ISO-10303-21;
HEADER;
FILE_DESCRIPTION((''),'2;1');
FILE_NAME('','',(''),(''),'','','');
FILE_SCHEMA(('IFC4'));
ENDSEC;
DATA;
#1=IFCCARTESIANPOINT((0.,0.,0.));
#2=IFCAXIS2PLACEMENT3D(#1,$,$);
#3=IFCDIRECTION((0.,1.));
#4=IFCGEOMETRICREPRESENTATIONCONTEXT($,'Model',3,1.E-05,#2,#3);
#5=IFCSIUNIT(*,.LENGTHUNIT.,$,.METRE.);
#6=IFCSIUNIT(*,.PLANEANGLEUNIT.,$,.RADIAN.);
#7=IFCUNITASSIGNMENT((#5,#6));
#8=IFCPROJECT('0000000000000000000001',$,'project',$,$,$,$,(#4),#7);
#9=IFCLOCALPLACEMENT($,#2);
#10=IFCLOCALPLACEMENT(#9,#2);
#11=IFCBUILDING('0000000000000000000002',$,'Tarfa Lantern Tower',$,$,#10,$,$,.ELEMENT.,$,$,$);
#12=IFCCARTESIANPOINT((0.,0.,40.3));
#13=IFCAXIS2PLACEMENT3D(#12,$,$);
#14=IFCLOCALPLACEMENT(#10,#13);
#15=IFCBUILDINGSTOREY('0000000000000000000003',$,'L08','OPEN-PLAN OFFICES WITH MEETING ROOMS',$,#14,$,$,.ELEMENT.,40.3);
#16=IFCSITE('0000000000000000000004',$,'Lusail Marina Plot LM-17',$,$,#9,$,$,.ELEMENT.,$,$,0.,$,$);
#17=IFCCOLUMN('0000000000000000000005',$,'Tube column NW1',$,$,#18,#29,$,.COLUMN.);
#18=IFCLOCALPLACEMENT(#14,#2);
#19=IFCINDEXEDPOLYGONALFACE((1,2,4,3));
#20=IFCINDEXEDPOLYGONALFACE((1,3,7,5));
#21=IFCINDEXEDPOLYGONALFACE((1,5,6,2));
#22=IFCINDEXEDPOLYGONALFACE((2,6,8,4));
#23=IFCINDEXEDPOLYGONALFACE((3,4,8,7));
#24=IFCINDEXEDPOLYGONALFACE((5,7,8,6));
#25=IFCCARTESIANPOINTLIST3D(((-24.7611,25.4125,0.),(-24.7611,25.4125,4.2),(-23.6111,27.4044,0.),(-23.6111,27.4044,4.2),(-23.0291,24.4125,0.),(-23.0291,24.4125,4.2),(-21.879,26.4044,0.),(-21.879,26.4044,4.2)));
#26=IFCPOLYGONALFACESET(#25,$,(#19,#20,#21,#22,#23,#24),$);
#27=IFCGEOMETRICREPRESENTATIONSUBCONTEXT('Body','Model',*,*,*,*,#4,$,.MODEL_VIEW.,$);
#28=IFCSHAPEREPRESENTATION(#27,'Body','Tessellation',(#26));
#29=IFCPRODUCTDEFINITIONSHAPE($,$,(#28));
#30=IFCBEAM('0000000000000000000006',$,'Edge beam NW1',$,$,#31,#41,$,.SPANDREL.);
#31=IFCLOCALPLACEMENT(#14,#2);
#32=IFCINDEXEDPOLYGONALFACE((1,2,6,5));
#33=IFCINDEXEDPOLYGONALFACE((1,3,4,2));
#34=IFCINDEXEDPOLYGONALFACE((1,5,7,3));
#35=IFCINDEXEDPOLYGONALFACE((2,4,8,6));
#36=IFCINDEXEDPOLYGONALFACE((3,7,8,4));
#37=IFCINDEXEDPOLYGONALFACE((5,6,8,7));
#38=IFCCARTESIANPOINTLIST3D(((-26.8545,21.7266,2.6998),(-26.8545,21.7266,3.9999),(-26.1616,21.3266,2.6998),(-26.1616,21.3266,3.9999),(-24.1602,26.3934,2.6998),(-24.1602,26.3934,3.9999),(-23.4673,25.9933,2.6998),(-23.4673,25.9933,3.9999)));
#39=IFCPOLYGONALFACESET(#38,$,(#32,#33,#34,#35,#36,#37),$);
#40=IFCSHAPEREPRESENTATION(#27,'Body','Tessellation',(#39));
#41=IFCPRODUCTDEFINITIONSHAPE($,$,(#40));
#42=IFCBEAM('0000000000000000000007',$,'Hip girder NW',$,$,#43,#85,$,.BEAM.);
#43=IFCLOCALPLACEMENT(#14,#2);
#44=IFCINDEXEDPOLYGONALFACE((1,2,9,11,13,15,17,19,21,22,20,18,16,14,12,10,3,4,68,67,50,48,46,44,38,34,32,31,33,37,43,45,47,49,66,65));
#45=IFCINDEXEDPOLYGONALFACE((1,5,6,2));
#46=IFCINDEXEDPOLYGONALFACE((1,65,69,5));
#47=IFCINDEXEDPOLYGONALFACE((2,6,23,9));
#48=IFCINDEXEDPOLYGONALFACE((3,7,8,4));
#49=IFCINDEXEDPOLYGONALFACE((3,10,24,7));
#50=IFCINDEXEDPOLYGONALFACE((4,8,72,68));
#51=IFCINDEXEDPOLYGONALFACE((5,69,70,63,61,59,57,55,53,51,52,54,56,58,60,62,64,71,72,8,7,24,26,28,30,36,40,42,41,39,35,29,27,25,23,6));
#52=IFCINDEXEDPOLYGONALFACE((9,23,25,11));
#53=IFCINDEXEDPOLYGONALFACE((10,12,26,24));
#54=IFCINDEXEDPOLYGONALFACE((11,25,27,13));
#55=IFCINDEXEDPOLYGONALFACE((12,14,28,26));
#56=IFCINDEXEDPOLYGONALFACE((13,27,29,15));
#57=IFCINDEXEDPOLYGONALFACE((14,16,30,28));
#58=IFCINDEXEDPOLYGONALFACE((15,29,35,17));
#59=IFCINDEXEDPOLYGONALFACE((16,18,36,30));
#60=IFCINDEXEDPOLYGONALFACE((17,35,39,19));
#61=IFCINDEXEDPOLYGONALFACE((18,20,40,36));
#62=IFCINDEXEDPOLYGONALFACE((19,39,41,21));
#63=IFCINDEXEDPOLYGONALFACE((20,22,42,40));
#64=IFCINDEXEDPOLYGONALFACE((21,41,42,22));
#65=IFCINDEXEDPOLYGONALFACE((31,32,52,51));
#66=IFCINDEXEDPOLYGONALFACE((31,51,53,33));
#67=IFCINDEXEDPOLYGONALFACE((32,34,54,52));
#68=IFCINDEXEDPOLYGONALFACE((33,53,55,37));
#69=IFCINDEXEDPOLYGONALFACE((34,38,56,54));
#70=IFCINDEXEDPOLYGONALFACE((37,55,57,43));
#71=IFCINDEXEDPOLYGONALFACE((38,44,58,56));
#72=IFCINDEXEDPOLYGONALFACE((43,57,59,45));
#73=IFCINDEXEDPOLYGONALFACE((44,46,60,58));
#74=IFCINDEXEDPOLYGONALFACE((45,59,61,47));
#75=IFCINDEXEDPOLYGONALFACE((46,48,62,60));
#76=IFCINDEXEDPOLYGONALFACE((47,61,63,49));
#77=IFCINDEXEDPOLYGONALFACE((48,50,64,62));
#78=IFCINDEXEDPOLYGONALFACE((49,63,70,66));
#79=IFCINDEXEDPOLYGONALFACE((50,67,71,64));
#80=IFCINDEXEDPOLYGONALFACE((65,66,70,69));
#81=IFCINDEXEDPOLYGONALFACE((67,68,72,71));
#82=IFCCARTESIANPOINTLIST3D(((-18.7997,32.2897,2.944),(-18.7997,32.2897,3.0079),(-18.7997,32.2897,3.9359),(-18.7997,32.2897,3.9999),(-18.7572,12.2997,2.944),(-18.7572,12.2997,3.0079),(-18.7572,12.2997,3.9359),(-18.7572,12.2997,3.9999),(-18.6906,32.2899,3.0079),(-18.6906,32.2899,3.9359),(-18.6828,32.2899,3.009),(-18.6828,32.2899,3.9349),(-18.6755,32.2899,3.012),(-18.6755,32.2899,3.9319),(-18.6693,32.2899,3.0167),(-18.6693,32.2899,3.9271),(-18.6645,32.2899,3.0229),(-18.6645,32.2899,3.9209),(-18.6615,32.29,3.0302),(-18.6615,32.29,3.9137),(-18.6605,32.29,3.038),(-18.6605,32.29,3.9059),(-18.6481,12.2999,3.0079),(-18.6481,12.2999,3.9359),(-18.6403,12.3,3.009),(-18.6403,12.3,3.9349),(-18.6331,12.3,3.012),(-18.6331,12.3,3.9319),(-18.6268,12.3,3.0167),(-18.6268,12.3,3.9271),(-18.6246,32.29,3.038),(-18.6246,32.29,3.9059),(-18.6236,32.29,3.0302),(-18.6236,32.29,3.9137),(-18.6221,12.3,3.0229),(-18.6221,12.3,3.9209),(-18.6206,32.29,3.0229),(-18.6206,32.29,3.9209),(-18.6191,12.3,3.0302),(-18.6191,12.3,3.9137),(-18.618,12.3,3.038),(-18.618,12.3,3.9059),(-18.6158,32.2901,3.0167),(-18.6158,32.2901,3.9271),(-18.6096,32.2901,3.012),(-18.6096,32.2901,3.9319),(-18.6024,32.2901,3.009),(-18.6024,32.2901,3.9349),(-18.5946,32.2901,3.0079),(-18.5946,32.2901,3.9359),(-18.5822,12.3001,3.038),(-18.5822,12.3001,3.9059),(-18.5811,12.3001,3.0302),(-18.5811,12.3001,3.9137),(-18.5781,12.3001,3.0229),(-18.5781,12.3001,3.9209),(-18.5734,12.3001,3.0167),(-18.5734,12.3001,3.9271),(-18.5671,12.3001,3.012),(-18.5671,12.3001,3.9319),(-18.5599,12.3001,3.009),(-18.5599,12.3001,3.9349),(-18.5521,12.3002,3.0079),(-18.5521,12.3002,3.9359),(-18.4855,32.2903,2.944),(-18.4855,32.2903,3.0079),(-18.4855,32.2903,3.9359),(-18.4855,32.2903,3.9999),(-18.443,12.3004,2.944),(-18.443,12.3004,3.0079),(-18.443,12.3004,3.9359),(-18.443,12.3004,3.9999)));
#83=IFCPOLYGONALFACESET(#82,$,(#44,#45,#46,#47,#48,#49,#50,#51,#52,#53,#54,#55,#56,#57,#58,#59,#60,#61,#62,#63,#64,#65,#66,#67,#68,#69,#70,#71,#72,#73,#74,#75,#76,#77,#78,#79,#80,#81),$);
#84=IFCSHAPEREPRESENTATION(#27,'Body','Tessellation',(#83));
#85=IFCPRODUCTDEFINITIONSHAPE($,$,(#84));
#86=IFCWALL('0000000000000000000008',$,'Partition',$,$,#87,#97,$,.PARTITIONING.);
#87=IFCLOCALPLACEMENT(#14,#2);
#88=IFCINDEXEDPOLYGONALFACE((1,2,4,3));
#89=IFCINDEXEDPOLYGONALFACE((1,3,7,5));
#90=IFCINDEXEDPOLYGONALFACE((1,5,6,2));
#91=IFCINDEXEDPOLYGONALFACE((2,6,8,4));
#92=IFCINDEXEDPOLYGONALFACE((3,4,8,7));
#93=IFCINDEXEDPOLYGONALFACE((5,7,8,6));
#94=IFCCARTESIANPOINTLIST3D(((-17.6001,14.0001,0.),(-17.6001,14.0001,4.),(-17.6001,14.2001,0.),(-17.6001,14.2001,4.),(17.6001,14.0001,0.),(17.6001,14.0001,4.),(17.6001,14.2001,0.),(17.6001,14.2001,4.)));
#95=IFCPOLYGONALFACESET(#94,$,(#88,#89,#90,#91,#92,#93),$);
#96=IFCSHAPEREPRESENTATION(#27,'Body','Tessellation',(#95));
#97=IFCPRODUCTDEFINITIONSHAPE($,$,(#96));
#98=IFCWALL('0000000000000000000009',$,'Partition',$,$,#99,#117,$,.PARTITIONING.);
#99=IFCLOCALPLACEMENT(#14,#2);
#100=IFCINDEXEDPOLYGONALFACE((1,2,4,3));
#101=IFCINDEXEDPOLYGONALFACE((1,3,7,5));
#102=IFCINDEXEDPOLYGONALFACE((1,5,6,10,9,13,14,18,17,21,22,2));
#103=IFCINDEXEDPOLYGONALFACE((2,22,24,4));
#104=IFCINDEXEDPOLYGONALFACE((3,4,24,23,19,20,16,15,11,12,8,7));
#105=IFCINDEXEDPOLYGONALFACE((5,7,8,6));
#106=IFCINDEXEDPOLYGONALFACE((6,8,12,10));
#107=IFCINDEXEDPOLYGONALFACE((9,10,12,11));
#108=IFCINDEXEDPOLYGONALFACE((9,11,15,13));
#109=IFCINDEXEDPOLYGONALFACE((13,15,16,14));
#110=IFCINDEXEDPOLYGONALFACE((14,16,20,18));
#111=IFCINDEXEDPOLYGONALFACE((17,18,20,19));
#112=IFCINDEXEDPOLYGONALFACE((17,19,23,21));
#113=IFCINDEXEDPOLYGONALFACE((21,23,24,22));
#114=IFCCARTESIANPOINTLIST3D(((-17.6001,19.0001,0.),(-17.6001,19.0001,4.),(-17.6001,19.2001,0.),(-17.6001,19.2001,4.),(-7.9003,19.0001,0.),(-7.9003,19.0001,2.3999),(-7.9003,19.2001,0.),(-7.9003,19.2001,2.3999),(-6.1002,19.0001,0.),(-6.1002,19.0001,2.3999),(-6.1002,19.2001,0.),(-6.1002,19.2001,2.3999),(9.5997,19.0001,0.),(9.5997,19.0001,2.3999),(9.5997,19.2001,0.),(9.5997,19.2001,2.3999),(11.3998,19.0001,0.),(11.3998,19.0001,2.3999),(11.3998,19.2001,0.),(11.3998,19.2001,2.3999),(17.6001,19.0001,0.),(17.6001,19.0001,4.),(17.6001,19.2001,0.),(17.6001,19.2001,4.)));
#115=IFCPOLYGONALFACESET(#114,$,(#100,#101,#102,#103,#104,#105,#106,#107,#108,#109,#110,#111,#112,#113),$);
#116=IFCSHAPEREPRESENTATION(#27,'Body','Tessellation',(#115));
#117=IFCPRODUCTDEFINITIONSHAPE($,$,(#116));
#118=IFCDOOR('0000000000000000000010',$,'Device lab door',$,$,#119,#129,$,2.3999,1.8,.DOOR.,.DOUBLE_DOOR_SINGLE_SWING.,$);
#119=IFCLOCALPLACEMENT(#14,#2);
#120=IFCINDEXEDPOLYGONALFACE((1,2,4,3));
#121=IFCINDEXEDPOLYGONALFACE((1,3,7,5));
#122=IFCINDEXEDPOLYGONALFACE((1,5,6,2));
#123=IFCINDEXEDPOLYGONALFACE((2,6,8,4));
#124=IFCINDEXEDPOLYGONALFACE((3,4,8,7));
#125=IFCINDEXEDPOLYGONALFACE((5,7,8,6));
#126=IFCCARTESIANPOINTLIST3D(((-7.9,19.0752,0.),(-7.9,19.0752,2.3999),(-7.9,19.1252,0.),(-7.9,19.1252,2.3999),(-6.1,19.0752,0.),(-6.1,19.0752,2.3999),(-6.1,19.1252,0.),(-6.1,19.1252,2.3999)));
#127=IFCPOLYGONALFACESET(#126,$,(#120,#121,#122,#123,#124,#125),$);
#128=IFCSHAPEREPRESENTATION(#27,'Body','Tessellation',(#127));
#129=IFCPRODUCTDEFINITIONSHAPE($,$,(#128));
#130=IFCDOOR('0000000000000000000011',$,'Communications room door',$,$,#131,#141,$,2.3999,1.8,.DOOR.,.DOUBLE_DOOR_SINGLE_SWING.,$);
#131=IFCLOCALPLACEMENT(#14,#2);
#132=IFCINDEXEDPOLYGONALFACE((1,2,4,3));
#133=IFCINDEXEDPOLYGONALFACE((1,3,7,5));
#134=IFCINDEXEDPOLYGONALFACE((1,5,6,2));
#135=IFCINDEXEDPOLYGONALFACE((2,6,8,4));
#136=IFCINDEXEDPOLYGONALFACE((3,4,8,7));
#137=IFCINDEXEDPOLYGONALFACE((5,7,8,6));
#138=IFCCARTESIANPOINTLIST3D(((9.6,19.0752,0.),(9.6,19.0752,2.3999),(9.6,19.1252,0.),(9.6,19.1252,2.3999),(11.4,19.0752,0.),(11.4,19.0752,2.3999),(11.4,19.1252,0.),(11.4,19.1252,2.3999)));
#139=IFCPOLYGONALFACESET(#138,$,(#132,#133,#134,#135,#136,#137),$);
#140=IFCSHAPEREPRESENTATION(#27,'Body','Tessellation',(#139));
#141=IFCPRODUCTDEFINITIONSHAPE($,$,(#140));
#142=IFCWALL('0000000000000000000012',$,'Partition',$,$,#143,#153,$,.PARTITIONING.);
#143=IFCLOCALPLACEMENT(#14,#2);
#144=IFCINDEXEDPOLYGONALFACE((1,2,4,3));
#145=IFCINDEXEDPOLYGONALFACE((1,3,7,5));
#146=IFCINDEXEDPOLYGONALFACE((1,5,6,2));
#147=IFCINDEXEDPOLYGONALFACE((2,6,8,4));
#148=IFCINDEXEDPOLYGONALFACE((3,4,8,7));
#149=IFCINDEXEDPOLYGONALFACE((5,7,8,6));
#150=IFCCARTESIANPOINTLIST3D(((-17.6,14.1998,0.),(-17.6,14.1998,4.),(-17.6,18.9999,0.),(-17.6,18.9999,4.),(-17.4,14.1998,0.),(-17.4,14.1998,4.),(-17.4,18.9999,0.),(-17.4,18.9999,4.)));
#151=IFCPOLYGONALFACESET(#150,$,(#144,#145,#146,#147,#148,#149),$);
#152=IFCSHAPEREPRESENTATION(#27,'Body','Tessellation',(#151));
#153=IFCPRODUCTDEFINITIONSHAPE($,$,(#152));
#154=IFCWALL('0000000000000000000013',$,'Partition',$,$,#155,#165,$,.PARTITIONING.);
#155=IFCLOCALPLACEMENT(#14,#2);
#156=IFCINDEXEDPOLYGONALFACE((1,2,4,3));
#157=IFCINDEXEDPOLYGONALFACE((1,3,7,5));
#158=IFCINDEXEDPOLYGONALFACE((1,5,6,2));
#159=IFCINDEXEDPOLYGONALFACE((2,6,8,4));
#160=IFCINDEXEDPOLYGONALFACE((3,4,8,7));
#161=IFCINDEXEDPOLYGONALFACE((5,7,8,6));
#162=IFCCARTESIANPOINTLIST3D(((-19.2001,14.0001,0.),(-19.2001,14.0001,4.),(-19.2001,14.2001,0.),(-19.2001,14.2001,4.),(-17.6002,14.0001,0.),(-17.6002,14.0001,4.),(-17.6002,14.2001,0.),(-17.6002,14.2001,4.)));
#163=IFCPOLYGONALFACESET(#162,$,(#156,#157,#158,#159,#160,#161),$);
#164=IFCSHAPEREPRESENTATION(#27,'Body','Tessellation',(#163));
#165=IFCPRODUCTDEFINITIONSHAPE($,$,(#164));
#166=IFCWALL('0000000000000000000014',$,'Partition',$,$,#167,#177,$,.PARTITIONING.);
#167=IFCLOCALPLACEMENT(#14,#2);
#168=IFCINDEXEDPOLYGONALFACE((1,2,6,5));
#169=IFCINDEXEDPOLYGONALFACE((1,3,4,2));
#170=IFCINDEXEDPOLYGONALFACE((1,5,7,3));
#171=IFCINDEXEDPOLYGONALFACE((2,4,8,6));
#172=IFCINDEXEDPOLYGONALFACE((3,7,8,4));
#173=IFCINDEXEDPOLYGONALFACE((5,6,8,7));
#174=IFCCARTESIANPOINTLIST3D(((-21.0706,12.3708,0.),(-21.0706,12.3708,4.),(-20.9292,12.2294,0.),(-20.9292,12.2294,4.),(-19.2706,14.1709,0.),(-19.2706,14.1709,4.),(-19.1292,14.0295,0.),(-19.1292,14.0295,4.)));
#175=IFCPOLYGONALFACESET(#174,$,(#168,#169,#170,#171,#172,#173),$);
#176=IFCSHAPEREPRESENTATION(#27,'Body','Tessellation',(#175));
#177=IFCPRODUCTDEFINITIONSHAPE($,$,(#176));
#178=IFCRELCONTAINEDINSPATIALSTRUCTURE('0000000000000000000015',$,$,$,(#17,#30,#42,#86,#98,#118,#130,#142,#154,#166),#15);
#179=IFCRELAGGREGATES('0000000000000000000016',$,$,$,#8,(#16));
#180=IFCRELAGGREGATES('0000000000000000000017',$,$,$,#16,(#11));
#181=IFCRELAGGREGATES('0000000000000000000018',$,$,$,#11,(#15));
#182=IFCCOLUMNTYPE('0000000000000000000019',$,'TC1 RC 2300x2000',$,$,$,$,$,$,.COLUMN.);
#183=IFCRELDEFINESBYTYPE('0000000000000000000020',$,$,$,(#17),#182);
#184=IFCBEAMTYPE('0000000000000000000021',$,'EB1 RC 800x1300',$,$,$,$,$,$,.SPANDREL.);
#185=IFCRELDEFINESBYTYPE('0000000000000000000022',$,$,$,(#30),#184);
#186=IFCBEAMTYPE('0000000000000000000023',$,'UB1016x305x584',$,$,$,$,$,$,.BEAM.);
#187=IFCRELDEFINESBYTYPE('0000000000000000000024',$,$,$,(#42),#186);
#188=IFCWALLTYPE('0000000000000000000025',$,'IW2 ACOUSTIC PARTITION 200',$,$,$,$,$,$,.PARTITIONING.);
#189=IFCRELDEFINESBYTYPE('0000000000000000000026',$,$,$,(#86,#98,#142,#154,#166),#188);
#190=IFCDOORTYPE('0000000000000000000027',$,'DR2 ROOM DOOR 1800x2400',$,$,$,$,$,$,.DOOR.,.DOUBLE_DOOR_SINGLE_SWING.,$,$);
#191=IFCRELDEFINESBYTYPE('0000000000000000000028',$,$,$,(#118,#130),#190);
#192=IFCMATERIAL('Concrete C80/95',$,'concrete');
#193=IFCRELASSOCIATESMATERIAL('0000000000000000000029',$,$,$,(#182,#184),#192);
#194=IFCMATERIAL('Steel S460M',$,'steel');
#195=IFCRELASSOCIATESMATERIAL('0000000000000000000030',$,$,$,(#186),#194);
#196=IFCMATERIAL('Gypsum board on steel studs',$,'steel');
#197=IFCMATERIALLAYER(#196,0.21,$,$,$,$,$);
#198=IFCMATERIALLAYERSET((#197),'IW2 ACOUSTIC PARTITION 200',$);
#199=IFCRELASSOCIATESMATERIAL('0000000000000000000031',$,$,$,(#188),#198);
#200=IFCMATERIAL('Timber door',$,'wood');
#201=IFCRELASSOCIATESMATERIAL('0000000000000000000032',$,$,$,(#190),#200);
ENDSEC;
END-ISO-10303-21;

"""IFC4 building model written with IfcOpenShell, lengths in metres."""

from ifc_helpers import new_model, si_unit, direction, frame, frame_2d, origin, origin_2d, place, context, subcontext, project, spatial, rectangle, i_section, extrude, material, layer, layer_set, material_profile, profile_set, type_object, element, fill, save


model = new_model("IFC4")

# Units and contexts
model_context = context("Model", 3, precision=1e-05, world=origin(), true_north=direction((0.0, 1.0)))
body_context = subcontext(model_context, "Body", "Model", "MODEL_VIEW")
ifc_project = project(units=[si_unit("LENGTHUNIT", "METRE"), si_unit("PLANEANGLEUNIT", "RADIAN")], contexts=[model_context])

# Site, building, storey
site_placement = place(None, origin())
site = spatial("IfcSite", under=ifc_project, at=site_placement, Name="Lusail Marina Plot LM-17", CompositionType="ELEMENT", RefElevation=0.0)
building_placement = place(site_placement, origin())
building = spatial("IfcBuilding", under=site, at=building_placement, Name="Tarfa Lantern Tower", CompositionType="ELEMENT")
storey_placement = place(building_placement, frame((0.0, 0.0, 40.3)))
storey = spatial("IfcBuildingStorey", under=building, at=storey_placement, Name="L08", Description="OPEN-PLAN OFFICES WITH MEETING ROOMS", CompositionType="ELEMENT", Elevation=40.3)

# Column
ifc_material_1 = material(Name="Concrete C80/95", Category="concrete")
ifc_material_profile_1 = material_profile(ifc_material_1, rectangle(XDim=2.3, YDim=2.0, at=origin_2d()), Name="RC 2300x2000")
ifc_profile_set_1 = profile_set([ifc_material_profile_1], Name="Concrete C80/95")
column_type = type_object("IfcColumnType", Name="TC1 RC 2300x2000", PredefinedType="COLUMN", material=ifc_profile_set_1)
column_placement = place(storey_placement, frame((-23.3201, 25.9084, 0.0), z_axis=(0.0, 0.0, 1.0), x_axis=(-0.5, -0.866025, 0.0)))
element("IfcColumn", 1, at=column_placement, inside=storey, type_object=column_type, Name="Tube column NW1", PredefinedType="COLUMN", context=body_context, shape_type="SweptSolid", body=[
    extrude(rectangle(XDim=2.3, YDim=2.0, at=origin_2d()), origin(), (0.0, 0.0, 1.0), 4.2),
])

# Beams
ifc_material_profile_2 = material_profile(ifc_material_1, rectangle(XDim=0.8, YDim=1.3, at=origin_2d()), Name="RC 800x1300")
ifc_profile_set_2 = profile_set([ifc_material_profile_2], Name="Concrete C80/95")
beam_type_1 = type_object("IfcBeamType", Name="EB1 RC 800x1300", PredefinedType="SPANDREL", material=ifc_profile_set_2)
beam_1_placement = place(storey_placement, frame((-23.8137, 26.1934, 3.3499), z_axis=(-0.499998, -0.866026, 0.0), x_axis=(0.866026, -0.499998, 0.0)))
element("IfcBeam", 2, at=beam_1_placement, inside=storey, type_object=beam_type_1, Name="Edge beam NW1", PredefinedType="SPANDREL", context=body_context, shape_type="SweptSolid", body=[
    extrude(rectangle(XDim=0.8, YDim=1.3, at=origin_2d()), origin(), (0.0, 0.0, 1.0), 5.3887),
])
ifc_material_2 = material(Name="Steel S460M", Category="steel")
ifc_material_profile_3 = material_profile(ifc_material_2, i_section(OverallWidth=0.3142, OverallDepth=1.0559, WebThickness=0.0359, FlangeThickness=0.064, FilletRadius=0.03, at=origin_2d()), Name="UB1016x305x584")
ifc_profile_set_3 = profile_set([ifc_material_profile_3], Name="Steel S460M")
beam_type_2 = type_object("IfcBeamType", Name="UB1016x305x584", PredefinedType="BEAM", material=ifc_profile_set_3)
beam_2_placement = place(storey_placement, frame((-18.6001, 12.3, 3.4719), z_axis=(-0.002125, 0.999998, 0.0), x_axis=(-0.999998, -0.002125, 0.0)))
element("IfcBeam", 3, at=beam_2_placement, inside=storey, type_object=beam_type_2, Name="Hip girder NW", PredefinedType="BEAM", context=body_context, shape_type="SweptSolid", body=[
    extrude(i_section(OverallWidth=0.3142, OverallDepth=1.0559, WebThickness=0.0359, FlangeThickness=0.064, FilletRadius=0.03, at=origin_2d()), origin(), (0.0, 0.0, 1.0), 19.99),
])

# Wall
ifc_material_3 = material(Name="Gypsum board on steel studs", Category="steel")
ifc_layer_1 = layer(ifc_material_3, 0.21)
ifc_layer_set_1 = layer_set([ifc_layer_1], Name="IW2 ACOUSTIC PARTITION 200")
wall_type_1 = type_object("IfcWallType", Name="IW2 ACOUSTIC PARTITION 200", PredefinedType="PARTITIONING", material=ifc_layer_set_1)
wall_1_placement = place(storey_placement, frame((-17.6001, 14.1001, 0.0), z_axis=(0.0, 0.0, 1.0), x_axis=(1.0, 0.0, 0.0)))
element("IfcWall", 4, at=wall_1_placement, inside=storey, type_object=wall_type_1, Name="Partition", PredefinedType="PARTITIONING", context=body_context, shape_type="SweptSolid", body=[
    extrude(rectangle(XDim=35.2002, YDim=0.2, at=frame_2d((17.6001, 0.0))), origin(), (0.0, 0.0, 1.0), 4.0),
])

# Wall, openings, doors
wall_2_placement = place(storey_placement, frame((-17.6001, 19.1001, 0.0), z_axis=(0.0, 0.0, 1.0), x_axis=(1.0, 0.0, 0.0)))
wall_2 = element("IfcWall", 5, at=wall_2_placement, inside=storey, type_object=wall_type_1, Name="Partition", PredefinedType="PARTITIONING", context=body_context, shape_type="SweptSolid", body=[
    extrude(rectangle(XDim=35.2002, YDim=0.2, at=frame_2d((17.6001, 0.0))), origin(), (0.0, 0.0, 1.0), 4.0),
])
opening_1_placement = place(wall_2_placement, frame((9.7, 0.0, 0.0)))
opening_1 = element("IfcOpeningElement", 6, at=opening_1_placement, cuts=wall_2, PredefinedType="OPENING", context=body_context, shape_type="SweptSolid", body=[
    extrude(rectangle(XDim=1.8, YDim=2.3999, at=frame_2d((0.8999, 1.2))), frame((0.0, 0.1099, 0.0), z_axis=(0.0, -1.0, 0.0), x_axis=(1.0, 0.0, 0.0)), (0.0, 0.0, 1.0), 0.22),
])
opening_2_placement = place(wall_2_placement, frame((27.2, 0.0, 0.0)))
opening_2 = element("IfcOpeningElement", 7, at=opening_2_placement, cuts=wall_2, PredefinedType="OPENING", context=body_context, shape_type="SweptSolid", body=[
    extrude(rectangle(XDim=1.8, YDim=2.3999, at=frame_2d((0.8999, 1.2))), frame((0.0, 0.1099, 0.0), z_axis=(0.0, -1.0, 0.0), x_axis=(1.0, 0.0, 0.0)), (0.0, 0.0, 1.0), 0.22),
])
ifc_material_4 = material(Name="Timber door", Category="wood")
door_type_1 = type_object("IfcDoorType", Name="DR2 ROOM DOOR 1800x2400", OperationType="DOUBLE_DOOR_SINGLE_SWING", PredefinedType="DOOR", material=ifc_material_4)
door_1_placement = place(opening_1_placement, frame((1.8, 0.0, 0.0), z_axis=(0.0, 0.0, 1.0), x_axis=(-1.0, 0.0, 0.0)))
door_1 = element("IfcDoor", 8, at=door_1_placement, inside=storey, type_object=door_type_1, Name="Device lab door", OperationType="DOUBLE_DOOR_SINGLE_SWING", OverallHeight=2.3999, OverallWidth=1.8, PredefinedType="DOOR", context=body_context, shape_type="SweptSolid", body=[
    extrude(rectangle(XDim=1.8, YDim=2.3999, at=frame_2d((0.8999, 1.2))), frame((0.0, 0.0249, 0.0), z_axis=(0.0, -1.0, 0.0), x_axis=(1.0, 0.0, 0.0)), (0.0, 0.0, 1.0), 0.05),
])
fill(opening_1, door_1)
door_2_placement = place(opening_2_placement, frame((1.8, 0.0, 0.0), z_axis=(0.0, 0.0, 1.0), x_axis=(-1.0, 0.0, 0.0)))
door_2 = element("IfcDoor", 9, at=door_2_placement, inside=storey, type_object=door_type_1, Name="Communications room door", OperationType="DOUBLE_DOOR_SINGLE_SWING", OverallHeight=2.3999, OverallWidth=1.8, PredefinedType="DOOR", context=body_context, shape_type="SweptSolid", body=[
    extrude(rectangle(XDim=1.8, YDim=2.3999, at=frame_2d((0.8999, 1.2))), frame((0.0, 0.0249, 0.0), z_axis=(0.0, -1.0, 0.0), x_axis=(1.0, 0.0, 0.0)), (0.0, 0.0, 1.0), 0.05),
])
fill(opening_2, door_2)

# Walls
wall_3_placement = place(storey_placement, frame((-17.5, 14.2, 0.0), z_axis=(0.0, 0.0, 1.0), x_axis=(0.0, 1.0, 0.0)))
element("IfcWall", 10, at=wall_3_placement, inside=storey, type_object=wall_type_1, Name="Partition", PredefinedType="PARTITIONING", context=body_context, shape_type="SweptSolid", body=[
    extrude(rectangle(XDim=4.8, YDim=0.2, at=frame_2d((2.3999, 0.0))), origin(), (0.0, 0.0, 1.0), 4.0),
])
wall_4_placement = place(storey_placement, frame((-19.2, 14.1001, 0.0), z_axis=(0.0, 0.0, 1.0), x_axis=(1.0, 0.0, 0.0)))
element("IfcWall", 11, at=wall_4_placement, inside=storey, type_object=wall_type_1, Name="Partition", PredefinedType="PARTITIONING", context=body_context, shape_type="SweptSolid", body=[
    extrude(rectangle(XDim=1.5999, YDim=0.2, at=frame_2d((0.7998, 0.0))), origin(), (0.0, 0.0, 1.0), 4.0),
])
wall_5_placement = place(storey_placement, frame((-21.0, 12.3, 0.0), z_axis=(0.0, 0.0, 1.0), x_axis=(0.707107, 0.707107, 0.0)))
element("IfcWall", 12, at=wall_5_placement, inside=storey, type_object=wall_type_1, Name="Partition", PredefinedType="PARTITIONING", context=body_context, shape_type="SweptSolid", body=[
    extrude(rectangle(XDim=2.5457, YDim=0.2, at=frame_2d((1.2729, 0.0))), origin(), (0.0, 0.0, 1.0), 4.0),
])

save(model, "model.ifc")
